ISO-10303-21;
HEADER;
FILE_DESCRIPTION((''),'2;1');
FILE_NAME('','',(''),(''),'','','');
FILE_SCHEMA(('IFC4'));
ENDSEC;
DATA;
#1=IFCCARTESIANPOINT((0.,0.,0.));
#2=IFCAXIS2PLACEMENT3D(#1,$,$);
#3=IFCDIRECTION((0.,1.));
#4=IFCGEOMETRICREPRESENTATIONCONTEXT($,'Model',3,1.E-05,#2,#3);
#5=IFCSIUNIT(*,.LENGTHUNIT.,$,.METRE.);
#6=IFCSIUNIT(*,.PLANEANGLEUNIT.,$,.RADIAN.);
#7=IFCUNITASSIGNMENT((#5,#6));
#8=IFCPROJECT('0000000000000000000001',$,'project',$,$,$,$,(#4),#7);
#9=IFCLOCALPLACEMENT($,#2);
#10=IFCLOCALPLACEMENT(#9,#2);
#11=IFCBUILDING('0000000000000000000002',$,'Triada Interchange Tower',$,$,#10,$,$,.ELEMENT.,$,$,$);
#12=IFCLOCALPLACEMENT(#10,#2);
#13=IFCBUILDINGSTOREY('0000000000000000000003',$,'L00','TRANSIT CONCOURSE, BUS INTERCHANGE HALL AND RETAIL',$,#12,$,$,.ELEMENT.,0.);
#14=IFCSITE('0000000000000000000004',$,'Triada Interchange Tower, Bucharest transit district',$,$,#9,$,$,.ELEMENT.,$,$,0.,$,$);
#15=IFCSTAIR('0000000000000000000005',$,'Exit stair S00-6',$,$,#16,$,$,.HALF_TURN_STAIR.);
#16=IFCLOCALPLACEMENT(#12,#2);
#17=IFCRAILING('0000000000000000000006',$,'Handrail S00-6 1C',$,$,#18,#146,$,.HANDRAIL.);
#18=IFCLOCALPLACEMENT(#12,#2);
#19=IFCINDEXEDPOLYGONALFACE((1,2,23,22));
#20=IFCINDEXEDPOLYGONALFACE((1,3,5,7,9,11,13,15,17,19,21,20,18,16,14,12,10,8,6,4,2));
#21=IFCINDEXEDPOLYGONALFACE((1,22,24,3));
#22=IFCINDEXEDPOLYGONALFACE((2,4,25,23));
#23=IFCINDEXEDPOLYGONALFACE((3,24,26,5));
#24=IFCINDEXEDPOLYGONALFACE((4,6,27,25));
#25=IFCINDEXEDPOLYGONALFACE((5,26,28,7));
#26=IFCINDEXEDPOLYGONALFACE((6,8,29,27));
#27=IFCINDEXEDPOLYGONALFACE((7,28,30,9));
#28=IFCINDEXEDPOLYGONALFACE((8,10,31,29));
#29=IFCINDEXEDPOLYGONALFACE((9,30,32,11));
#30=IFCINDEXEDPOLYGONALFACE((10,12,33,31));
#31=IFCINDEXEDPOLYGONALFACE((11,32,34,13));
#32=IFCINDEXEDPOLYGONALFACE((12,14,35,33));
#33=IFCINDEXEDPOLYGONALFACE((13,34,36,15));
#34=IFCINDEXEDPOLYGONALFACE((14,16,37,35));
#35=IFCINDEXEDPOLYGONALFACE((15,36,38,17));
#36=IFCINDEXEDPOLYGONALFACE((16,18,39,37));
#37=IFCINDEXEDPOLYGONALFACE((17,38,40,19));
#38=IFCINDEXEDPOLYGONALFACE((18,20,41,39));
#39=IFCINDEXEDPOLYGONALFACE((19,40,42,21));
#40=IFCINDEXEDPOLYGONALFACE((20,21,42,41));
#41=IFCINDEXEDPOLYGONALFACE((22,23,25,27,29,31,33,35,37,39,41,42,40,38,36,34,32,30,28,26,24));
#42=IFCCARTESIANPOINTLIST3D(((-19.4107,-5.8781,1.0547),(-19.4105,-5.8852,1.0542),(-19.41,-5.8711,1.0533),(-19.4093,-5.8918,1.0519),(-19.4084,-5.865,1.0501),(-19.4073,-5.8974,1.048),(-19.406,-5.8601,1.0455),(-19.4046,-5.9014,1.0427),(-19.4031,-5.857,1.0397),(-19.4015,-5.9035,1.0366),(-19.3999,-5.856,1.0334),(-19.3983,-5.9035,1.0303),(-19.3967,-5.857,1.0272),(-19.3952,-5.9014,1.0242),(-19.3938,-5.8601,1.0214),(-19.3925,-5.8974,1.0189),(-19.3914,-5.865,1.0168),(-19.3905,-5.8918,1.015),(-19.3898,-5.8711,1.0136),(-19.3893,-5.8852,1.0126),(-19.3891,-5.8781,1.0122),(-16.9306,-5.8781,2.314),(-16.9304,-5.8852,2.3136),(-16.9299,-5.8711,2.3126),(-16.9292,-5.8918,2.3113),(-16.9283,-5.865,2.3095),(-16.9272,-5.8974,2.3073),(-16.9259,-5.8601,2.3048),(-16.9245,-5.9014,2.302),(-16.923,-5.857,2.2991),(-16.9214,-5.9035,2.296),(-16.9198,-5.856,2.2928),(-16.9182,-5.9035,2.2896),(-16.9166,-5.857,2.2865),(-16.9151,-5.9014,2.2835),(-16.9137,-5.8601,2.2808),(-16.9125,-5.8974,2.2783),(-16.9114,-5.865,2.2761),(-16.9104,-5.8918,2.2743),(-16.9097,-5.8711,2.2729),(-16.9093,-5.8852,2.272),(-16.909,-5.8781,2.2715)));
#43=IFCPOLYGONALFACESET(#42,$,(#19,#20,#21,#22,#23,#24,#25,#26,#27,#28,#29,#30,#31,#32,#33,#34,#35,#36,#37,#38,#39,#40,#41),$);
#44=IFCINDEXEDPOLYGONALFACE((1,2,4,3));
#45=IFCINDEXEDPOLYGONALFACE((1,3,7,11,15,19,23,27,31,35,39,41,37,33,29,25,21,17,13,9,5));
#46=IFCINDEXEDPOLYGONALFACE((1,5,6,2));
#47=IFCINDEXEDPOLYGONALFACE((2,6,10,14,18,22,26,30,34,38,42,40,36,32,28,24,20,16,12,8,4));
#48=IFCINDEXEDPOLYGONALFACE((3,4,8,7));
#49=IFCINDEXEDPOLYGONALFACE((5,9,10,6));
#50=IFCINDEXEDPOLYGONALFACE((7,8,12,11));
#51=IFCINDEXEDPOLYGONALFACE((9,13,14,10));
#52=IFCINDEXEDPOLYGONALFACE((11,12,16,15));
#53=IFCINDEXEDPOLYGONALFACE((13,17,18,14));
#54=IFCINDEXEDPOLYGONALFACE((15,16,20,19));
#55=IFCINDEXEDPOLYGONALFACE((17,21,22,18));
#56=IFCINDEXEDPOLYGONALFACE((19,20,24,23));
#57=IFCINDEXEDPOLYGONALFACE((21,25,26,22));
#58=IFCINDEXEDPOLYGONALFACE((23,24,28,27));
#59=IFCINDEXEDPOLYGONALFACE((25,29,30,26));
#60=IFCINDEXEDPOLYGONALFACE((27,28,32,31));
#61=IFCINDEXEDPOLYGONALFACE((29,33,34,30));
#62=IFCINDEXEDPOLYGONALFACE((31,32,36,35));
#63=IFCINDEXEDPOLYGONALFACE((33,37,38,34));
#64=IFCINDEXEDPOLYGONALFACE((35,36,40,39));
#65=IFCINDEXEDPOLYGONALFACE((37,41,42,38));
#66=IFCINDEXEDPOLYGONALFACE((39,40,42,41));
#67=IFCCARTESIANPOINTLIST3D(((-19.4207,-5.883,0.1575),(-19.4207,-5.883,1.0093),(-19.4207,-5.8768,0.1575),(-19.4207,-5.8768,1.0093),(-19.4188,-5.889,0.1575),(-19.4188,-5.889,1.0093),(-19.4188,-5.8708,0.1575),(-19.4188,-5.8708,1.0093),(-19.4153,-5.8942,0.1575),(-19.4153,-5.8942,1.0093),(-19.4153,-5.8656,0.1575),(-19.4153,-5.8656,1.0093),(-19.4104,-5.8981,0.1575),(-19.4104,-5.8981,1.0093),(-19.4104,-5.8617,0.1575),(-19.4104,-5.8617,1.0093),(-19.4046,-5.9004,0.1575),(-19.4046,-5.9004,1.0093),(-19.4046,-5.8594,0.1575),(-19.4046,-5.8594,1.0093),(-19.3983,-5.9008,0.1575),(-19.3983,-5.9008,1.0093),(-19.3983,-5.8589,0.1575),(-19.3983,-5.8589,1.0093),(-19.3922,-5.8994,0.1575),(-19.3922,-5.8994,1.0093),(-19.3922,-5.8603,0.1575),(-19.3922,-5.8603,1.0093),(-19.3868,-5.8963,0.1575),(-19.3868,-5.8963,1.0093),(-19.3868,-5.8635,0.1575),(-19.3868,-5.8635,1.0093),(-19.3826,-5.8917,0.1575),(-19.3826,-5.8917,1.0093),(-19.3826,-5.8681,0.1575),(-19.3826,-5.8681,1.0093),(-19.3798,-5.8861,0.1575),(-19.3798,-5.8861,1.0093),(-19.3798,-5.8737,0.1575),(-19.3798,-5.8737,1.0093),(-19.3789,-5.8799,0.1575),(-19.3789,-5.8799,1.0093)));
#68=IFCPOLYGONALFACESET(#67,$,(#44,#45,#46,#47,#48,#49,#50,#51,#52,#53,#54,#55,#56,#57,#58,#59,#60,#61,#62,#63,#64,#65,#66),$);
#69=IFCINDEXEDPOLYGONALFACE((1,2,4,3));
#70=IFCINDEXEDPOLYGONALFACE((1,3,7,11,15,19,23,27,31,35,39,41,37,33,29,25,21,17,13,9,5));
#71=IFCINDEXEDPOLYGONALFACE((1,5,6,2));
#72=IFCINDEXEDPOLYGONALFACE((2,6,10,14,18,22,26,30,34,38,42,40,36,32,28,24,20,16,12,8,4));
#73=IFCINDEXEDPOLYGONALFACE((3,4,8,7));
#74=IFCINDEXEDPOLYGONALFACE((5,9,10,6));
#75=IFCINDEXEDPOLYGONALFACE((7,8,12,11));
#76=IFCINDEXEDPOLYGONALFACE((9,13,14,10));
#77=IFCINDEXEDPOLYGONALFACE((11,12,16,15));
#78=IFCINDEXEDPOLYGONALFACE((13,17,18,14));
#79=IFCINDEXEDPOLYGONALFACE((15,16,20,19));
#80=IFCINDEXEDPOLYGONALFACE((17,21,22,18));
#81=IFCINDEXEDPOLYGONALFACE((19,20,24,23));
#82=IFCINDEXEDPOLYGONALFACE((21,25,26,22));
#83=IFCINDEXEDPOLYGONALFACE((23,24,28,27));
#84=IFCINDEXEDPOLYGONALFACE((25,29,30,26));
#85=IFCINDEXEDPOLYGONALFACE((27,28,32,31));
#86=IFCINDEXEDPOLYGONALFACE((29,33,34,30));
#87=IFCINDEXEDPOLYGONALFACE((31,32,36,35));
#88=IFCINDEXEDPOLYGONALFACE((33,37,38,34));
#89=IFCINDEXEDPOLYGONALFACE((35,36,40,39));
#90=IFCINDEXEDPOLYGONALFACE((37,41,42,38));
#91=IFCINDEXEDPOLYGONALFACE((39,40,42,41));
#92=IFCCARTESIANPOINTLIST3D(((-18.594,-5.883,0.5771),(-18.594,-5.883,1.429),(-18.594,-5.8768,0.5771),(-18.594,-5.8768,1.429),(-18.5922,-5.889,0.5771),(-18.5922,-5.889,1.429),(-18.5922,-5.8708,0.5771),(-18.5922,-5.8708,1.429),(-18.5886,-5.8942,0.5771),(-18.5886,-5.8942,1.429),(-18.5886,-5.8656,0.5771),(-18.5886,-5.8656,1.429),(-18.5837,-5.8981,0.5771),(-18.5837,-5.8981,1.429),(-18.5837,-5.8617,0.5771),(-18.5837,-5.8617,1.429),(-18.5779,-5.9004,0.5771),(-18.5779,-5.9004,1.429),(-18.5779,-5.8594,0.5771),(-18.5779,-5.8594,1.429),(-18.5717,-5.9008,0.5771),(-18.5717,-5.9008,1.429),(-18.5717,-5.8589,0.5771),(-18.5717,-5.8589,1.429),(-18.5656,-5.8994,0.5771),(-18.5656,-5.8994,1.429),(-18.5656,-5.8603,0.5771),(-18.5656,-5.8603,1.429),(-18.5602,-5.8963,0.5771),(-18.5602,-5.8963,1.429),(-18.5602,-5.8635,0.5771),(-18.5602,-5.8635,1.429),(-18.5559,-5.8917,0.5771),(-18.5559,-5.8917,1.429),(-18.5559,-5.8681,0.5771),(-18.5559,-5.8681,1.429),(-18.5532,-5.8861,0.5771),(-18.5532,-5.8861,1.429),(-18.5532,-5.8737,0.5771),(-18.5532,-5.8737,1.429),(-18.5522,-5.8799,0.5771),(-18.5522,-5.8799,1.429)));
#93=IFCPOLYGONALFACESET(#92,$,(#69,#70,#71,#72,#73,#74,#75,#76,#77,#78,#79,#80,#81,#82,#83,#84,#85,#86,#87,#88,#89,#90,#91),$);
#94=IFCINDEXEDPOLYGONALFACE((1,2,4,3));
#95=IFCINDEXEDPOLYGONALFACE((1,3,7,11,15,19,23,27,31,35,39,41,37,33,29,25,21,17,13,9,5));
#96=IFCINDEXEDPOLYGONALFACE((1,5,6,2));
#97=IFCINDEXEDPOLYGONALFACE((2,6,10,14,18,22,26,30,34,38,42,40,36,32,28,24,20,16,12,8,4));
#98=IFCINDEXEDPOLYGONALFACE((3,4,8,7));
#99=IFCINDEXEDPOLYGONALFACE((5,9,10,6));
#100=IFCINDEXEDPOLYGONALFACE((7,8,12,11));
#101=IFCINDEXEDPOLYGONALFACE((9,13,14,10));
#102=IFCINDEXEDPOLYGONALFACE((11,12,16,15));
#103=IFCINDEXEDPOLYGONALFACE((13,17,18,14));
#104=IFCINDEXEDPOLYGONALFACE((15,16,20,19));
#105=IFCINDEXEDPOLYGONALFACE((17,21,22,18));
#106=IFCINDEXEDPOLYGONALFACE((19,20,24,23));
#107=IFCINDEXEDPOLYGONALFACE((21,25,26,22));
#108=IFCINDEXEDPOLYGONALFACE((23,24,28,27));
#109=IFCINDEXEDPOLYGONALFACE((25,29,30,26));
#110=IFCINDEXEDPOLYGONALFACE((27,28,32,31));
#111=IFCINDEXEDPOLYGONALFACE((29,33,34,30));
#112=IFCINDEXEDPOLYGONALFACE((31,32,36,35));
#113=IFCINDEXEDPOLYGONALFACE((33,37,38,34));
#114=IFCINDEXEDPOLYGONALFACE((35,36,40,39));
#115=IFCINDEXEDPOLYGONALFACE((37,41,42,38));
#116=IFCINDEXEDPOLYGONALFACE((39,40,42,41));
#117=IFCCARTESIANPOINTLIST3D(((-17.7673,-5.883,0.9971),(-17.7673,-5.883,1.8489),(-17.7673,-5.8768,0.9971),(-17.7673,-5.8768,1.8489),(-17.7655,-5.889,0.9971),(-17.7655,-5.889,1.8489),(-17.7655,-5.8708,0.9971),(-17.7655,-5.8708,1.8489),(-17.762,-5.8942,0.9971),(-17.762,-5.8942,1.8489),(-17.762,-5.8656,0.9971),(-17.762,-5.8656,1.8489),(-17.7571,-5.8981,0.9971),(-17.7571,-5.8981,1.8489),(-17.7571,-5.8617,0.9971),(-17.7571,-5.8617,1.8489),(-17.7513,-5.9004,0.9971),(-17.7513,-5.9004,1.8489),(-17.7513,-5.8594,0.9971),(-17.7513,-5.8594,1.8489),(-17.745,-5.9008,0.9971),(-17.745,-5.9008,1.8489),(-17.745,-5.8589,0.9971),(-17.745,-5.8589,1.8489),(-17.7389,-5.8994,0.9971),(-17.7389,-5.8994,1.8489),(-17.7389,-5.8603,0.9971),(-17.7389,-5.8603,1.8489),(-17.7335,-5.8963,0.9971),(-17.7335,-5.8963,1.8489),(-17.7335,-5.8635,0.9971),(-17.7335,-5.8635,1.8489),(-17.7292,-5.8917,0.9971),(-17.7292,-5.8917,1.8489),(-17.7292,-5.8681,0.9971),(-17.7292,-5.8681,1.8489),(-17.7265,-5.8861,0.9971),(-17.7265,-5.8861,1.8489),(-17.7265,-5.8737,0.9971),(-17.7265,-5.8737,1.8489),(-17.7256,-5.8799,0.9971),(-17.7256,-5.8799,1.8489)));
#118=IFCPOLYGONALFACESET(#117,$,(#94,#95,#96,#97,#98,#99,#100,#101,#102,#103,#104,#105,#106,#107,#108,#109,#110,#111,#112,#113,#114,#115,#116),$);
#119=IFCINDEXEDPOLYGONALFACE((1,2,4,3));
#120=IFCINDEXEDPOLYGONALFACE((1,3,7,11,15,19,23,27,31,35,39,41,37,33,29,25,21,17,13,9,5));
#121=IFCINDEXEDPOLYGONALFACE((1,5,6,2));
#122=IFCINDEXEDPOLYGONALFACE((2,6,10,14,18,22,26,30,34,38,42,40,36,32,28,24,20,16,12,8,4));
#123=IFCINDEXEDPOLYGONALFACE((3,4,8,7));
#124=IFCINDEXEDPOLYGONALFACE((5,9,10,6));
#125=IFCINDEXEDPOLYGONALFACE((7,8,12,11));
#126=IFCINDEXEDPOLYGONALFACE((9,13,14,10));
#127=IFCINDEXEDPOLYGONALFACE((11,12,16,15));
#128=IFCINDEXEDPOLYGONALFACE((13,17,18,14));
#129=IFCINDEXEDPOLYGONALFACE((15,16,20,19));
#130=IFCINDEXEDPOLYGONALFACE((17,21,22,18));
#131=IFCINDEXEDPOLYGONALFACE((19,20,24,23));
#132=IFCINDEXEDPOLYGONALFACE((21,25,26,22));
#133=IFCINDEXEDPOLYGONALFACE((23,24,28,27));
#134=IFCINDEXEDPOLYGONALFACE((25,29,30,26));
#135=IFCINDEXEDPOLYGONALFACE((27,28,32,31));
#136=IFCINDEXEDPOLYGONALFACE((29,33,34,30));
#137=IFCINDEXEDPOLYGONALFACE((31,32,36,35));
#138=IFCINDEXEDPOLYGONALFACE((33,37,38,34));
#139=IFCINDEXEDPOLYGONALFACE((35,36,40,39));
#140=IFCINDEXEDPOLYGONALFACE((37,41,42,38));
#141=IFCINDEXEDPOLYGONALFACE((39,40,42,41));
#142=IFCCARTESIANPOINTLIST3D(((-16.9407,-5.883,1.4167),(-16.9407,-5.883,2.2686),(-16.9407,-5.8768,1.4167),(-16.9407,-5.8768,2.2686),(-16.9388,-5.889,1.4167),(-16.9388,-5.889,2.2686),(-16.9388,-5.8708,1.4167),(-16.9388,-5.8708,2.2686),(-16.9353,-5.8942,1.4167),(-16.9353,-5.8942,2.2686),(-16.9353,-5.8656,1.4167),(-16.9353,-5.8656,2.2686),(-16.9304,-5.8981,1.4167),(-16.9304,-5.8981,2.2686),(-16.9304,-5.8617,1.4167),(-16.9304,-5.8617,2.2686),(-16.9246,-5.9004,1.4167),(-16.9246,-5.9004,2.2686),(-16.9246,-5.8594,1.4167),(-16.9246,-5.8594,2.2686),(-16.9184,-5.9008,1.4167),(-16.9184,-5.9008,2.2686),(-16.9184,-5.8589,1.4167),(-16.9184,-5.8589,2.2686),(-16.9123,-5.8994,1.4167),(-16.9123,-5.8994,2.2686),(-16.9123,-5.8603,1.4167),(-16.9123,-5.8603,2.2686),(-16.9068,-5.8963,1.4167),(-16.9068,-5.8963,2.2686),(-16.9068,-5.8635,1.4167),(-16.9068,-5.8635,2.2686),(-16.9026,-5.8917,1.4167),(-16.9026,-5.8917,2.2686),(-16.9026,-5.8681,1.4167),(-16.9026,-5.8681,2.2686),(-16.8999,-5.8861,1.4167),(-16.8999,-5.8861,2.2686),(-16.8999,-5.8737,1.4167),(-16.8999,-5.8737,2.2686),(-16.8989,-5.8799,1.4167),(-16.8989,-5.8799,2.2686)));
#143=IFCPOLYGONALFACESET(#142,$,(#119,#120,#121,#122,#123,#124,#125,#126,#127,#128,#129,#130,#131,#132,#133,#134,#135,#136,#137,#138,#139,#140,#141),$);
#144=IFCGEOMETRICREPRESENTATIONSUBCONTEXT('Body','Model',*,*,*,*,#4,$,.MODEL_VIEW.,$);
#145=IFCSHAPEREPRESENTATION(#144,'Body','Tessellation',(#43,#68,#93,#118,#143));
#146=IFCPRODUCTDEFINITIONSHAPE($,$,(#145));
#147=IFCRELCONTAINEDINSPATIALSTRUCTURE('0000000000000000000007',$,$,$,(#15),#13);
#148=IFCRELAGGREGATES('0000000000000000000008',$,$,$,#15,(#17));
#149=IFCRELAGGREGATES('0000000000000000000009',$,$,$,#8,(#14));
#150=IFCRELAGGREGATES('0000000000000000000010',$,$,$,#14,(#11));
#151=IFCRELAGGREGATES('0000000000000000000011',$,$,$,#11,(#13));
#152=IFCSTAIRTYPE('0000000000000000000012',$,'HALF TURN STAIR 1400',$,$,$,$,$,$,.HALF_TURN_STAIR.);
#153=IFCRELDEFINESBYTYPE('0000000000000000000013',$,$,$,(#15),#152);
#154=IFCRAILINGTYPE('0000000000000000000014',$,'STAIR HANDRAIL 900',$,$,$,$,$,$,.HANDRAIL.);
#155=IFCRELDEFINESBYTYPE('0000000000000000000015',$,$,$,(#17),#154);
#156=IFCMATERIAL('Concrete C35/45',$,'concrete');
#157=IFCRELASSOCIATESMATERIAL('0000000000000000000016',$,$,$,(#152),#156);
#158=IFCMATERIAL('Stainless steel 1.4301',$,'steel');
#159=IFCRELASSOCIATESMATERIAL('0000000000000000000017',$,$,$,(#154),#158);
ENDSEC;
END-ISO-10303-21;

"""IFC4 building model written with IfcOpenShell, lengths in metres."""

from ifc_helpers import new_model, si_unit, direction, frame, origin, origin_2d, place, context, subcontext, project, spatial, circle, extrude, material, type_object, element, aggregate, save


model = new_model("IFC4")

# Units and contexts
model_context = context("Model", 3, precision=1e-05, world=origin(), true_north=direction((0.0, 1.0)))
body_context = subcontext(model_context, "Body", "Model", "MODEL_VIEW")
ifc_project = project(units=[si_unit("LENGTHUNIT", "METRE"), si_unit("PLANEANGLEUNIT", "RADIAN")], contexts=[model_context])

# Site, building, storey
site_placement = place(None, origin())
site = spatial("IfcSite", under=ifc_project, at=site_placement, Name="Triada Interchange Tower, Bucharest transit district", CompositionType="ELEMENT", RefElevation=0.0)
building_placement = place(site_placement, origin())
building = spatial("IfcBuilding", under=site, at=building_placement, Name="Triada Interchange Tower", CompositionType="ELEMENT")
storey_placement = place(building_placement, origin())
storey = spatial("IfcBuildingStorey", under=building, at=storey_placement, Name="L00", Description="TRANSIT CONCOURSE, BUS INTERCHANGE HALL AND RETAIL", CompositionType="ELEMENT", Elevation=0.0)

# Shared definitions
ifc_material_1 = material(Name="Concrete C35/45", Category="concrete")

# Stair, railing
stair_type = type_object("IfcStairType", Name="HALF TURN STAIR 1400", PredefinedType="HALF_TURN_STAIR", material=ifc_material_1)
stair_placement = place(storey_placement, origin())
stair = element("IfcStair", 1, at=stair_placement, inside=storey, type_object=stair_type, Name="Exit stair S00-6", PredefinedType="HALF_TURN_STAIR")
ifc_material_2 = material(Name="Stainless steel 1.4301", Category="steel")
railing_type_1 = type_object("IfcRailingType", Name="STAIR HANDRAIL 900", PredefinedType="HANDRAIL", material=ifc_material_2)
railing_1_placement = place(storey_placement, frame((-19.3999, -5.8799, 0.1575)))
railing_1 = element("IfcRailing", 2, at=railing_1_placement, type_object=railing_type_1, Name="Handrail S00-6 1C", PredefinedType="HANDRAIL", context=body_context, shape_type="SweptSolid", body=[
    extrude(circle(Radius=0.0239, at=origin_2d()), frame((0.0, 0.0, 0.876), z_axis=(0.891636, 0.0, 0.452752), x_axis=(0.0, 1.0, 0.0)), (0.0, 0.0, 1.0), 2.7815),
    extrude(circle(Radius=0.021, at=origin_2d()), origin(), (0.0, 0.0, 1.0), 0.8518),
    extrude(circle(Radius=0.021, at=origin_2d()), frame((0.8267, 0.0, 0.4197)), (0.0, 0.0, 1.0), 0.8518),
    extrude(circle(Radius=0.021, at=origin_2d()), frame((1.6533, 0.0, 0.8396)), (0.0, 0.0, 1.0), 0.8518),
    extrude(circle(Radius=0.021, at=origin_2d()), frame((2.48, 0.0, 1.2593)), (0.0, 0.0, 1.0), 0.8518),
])
aggregate(stair, [railing_1])

save(model, "model.ifc")
